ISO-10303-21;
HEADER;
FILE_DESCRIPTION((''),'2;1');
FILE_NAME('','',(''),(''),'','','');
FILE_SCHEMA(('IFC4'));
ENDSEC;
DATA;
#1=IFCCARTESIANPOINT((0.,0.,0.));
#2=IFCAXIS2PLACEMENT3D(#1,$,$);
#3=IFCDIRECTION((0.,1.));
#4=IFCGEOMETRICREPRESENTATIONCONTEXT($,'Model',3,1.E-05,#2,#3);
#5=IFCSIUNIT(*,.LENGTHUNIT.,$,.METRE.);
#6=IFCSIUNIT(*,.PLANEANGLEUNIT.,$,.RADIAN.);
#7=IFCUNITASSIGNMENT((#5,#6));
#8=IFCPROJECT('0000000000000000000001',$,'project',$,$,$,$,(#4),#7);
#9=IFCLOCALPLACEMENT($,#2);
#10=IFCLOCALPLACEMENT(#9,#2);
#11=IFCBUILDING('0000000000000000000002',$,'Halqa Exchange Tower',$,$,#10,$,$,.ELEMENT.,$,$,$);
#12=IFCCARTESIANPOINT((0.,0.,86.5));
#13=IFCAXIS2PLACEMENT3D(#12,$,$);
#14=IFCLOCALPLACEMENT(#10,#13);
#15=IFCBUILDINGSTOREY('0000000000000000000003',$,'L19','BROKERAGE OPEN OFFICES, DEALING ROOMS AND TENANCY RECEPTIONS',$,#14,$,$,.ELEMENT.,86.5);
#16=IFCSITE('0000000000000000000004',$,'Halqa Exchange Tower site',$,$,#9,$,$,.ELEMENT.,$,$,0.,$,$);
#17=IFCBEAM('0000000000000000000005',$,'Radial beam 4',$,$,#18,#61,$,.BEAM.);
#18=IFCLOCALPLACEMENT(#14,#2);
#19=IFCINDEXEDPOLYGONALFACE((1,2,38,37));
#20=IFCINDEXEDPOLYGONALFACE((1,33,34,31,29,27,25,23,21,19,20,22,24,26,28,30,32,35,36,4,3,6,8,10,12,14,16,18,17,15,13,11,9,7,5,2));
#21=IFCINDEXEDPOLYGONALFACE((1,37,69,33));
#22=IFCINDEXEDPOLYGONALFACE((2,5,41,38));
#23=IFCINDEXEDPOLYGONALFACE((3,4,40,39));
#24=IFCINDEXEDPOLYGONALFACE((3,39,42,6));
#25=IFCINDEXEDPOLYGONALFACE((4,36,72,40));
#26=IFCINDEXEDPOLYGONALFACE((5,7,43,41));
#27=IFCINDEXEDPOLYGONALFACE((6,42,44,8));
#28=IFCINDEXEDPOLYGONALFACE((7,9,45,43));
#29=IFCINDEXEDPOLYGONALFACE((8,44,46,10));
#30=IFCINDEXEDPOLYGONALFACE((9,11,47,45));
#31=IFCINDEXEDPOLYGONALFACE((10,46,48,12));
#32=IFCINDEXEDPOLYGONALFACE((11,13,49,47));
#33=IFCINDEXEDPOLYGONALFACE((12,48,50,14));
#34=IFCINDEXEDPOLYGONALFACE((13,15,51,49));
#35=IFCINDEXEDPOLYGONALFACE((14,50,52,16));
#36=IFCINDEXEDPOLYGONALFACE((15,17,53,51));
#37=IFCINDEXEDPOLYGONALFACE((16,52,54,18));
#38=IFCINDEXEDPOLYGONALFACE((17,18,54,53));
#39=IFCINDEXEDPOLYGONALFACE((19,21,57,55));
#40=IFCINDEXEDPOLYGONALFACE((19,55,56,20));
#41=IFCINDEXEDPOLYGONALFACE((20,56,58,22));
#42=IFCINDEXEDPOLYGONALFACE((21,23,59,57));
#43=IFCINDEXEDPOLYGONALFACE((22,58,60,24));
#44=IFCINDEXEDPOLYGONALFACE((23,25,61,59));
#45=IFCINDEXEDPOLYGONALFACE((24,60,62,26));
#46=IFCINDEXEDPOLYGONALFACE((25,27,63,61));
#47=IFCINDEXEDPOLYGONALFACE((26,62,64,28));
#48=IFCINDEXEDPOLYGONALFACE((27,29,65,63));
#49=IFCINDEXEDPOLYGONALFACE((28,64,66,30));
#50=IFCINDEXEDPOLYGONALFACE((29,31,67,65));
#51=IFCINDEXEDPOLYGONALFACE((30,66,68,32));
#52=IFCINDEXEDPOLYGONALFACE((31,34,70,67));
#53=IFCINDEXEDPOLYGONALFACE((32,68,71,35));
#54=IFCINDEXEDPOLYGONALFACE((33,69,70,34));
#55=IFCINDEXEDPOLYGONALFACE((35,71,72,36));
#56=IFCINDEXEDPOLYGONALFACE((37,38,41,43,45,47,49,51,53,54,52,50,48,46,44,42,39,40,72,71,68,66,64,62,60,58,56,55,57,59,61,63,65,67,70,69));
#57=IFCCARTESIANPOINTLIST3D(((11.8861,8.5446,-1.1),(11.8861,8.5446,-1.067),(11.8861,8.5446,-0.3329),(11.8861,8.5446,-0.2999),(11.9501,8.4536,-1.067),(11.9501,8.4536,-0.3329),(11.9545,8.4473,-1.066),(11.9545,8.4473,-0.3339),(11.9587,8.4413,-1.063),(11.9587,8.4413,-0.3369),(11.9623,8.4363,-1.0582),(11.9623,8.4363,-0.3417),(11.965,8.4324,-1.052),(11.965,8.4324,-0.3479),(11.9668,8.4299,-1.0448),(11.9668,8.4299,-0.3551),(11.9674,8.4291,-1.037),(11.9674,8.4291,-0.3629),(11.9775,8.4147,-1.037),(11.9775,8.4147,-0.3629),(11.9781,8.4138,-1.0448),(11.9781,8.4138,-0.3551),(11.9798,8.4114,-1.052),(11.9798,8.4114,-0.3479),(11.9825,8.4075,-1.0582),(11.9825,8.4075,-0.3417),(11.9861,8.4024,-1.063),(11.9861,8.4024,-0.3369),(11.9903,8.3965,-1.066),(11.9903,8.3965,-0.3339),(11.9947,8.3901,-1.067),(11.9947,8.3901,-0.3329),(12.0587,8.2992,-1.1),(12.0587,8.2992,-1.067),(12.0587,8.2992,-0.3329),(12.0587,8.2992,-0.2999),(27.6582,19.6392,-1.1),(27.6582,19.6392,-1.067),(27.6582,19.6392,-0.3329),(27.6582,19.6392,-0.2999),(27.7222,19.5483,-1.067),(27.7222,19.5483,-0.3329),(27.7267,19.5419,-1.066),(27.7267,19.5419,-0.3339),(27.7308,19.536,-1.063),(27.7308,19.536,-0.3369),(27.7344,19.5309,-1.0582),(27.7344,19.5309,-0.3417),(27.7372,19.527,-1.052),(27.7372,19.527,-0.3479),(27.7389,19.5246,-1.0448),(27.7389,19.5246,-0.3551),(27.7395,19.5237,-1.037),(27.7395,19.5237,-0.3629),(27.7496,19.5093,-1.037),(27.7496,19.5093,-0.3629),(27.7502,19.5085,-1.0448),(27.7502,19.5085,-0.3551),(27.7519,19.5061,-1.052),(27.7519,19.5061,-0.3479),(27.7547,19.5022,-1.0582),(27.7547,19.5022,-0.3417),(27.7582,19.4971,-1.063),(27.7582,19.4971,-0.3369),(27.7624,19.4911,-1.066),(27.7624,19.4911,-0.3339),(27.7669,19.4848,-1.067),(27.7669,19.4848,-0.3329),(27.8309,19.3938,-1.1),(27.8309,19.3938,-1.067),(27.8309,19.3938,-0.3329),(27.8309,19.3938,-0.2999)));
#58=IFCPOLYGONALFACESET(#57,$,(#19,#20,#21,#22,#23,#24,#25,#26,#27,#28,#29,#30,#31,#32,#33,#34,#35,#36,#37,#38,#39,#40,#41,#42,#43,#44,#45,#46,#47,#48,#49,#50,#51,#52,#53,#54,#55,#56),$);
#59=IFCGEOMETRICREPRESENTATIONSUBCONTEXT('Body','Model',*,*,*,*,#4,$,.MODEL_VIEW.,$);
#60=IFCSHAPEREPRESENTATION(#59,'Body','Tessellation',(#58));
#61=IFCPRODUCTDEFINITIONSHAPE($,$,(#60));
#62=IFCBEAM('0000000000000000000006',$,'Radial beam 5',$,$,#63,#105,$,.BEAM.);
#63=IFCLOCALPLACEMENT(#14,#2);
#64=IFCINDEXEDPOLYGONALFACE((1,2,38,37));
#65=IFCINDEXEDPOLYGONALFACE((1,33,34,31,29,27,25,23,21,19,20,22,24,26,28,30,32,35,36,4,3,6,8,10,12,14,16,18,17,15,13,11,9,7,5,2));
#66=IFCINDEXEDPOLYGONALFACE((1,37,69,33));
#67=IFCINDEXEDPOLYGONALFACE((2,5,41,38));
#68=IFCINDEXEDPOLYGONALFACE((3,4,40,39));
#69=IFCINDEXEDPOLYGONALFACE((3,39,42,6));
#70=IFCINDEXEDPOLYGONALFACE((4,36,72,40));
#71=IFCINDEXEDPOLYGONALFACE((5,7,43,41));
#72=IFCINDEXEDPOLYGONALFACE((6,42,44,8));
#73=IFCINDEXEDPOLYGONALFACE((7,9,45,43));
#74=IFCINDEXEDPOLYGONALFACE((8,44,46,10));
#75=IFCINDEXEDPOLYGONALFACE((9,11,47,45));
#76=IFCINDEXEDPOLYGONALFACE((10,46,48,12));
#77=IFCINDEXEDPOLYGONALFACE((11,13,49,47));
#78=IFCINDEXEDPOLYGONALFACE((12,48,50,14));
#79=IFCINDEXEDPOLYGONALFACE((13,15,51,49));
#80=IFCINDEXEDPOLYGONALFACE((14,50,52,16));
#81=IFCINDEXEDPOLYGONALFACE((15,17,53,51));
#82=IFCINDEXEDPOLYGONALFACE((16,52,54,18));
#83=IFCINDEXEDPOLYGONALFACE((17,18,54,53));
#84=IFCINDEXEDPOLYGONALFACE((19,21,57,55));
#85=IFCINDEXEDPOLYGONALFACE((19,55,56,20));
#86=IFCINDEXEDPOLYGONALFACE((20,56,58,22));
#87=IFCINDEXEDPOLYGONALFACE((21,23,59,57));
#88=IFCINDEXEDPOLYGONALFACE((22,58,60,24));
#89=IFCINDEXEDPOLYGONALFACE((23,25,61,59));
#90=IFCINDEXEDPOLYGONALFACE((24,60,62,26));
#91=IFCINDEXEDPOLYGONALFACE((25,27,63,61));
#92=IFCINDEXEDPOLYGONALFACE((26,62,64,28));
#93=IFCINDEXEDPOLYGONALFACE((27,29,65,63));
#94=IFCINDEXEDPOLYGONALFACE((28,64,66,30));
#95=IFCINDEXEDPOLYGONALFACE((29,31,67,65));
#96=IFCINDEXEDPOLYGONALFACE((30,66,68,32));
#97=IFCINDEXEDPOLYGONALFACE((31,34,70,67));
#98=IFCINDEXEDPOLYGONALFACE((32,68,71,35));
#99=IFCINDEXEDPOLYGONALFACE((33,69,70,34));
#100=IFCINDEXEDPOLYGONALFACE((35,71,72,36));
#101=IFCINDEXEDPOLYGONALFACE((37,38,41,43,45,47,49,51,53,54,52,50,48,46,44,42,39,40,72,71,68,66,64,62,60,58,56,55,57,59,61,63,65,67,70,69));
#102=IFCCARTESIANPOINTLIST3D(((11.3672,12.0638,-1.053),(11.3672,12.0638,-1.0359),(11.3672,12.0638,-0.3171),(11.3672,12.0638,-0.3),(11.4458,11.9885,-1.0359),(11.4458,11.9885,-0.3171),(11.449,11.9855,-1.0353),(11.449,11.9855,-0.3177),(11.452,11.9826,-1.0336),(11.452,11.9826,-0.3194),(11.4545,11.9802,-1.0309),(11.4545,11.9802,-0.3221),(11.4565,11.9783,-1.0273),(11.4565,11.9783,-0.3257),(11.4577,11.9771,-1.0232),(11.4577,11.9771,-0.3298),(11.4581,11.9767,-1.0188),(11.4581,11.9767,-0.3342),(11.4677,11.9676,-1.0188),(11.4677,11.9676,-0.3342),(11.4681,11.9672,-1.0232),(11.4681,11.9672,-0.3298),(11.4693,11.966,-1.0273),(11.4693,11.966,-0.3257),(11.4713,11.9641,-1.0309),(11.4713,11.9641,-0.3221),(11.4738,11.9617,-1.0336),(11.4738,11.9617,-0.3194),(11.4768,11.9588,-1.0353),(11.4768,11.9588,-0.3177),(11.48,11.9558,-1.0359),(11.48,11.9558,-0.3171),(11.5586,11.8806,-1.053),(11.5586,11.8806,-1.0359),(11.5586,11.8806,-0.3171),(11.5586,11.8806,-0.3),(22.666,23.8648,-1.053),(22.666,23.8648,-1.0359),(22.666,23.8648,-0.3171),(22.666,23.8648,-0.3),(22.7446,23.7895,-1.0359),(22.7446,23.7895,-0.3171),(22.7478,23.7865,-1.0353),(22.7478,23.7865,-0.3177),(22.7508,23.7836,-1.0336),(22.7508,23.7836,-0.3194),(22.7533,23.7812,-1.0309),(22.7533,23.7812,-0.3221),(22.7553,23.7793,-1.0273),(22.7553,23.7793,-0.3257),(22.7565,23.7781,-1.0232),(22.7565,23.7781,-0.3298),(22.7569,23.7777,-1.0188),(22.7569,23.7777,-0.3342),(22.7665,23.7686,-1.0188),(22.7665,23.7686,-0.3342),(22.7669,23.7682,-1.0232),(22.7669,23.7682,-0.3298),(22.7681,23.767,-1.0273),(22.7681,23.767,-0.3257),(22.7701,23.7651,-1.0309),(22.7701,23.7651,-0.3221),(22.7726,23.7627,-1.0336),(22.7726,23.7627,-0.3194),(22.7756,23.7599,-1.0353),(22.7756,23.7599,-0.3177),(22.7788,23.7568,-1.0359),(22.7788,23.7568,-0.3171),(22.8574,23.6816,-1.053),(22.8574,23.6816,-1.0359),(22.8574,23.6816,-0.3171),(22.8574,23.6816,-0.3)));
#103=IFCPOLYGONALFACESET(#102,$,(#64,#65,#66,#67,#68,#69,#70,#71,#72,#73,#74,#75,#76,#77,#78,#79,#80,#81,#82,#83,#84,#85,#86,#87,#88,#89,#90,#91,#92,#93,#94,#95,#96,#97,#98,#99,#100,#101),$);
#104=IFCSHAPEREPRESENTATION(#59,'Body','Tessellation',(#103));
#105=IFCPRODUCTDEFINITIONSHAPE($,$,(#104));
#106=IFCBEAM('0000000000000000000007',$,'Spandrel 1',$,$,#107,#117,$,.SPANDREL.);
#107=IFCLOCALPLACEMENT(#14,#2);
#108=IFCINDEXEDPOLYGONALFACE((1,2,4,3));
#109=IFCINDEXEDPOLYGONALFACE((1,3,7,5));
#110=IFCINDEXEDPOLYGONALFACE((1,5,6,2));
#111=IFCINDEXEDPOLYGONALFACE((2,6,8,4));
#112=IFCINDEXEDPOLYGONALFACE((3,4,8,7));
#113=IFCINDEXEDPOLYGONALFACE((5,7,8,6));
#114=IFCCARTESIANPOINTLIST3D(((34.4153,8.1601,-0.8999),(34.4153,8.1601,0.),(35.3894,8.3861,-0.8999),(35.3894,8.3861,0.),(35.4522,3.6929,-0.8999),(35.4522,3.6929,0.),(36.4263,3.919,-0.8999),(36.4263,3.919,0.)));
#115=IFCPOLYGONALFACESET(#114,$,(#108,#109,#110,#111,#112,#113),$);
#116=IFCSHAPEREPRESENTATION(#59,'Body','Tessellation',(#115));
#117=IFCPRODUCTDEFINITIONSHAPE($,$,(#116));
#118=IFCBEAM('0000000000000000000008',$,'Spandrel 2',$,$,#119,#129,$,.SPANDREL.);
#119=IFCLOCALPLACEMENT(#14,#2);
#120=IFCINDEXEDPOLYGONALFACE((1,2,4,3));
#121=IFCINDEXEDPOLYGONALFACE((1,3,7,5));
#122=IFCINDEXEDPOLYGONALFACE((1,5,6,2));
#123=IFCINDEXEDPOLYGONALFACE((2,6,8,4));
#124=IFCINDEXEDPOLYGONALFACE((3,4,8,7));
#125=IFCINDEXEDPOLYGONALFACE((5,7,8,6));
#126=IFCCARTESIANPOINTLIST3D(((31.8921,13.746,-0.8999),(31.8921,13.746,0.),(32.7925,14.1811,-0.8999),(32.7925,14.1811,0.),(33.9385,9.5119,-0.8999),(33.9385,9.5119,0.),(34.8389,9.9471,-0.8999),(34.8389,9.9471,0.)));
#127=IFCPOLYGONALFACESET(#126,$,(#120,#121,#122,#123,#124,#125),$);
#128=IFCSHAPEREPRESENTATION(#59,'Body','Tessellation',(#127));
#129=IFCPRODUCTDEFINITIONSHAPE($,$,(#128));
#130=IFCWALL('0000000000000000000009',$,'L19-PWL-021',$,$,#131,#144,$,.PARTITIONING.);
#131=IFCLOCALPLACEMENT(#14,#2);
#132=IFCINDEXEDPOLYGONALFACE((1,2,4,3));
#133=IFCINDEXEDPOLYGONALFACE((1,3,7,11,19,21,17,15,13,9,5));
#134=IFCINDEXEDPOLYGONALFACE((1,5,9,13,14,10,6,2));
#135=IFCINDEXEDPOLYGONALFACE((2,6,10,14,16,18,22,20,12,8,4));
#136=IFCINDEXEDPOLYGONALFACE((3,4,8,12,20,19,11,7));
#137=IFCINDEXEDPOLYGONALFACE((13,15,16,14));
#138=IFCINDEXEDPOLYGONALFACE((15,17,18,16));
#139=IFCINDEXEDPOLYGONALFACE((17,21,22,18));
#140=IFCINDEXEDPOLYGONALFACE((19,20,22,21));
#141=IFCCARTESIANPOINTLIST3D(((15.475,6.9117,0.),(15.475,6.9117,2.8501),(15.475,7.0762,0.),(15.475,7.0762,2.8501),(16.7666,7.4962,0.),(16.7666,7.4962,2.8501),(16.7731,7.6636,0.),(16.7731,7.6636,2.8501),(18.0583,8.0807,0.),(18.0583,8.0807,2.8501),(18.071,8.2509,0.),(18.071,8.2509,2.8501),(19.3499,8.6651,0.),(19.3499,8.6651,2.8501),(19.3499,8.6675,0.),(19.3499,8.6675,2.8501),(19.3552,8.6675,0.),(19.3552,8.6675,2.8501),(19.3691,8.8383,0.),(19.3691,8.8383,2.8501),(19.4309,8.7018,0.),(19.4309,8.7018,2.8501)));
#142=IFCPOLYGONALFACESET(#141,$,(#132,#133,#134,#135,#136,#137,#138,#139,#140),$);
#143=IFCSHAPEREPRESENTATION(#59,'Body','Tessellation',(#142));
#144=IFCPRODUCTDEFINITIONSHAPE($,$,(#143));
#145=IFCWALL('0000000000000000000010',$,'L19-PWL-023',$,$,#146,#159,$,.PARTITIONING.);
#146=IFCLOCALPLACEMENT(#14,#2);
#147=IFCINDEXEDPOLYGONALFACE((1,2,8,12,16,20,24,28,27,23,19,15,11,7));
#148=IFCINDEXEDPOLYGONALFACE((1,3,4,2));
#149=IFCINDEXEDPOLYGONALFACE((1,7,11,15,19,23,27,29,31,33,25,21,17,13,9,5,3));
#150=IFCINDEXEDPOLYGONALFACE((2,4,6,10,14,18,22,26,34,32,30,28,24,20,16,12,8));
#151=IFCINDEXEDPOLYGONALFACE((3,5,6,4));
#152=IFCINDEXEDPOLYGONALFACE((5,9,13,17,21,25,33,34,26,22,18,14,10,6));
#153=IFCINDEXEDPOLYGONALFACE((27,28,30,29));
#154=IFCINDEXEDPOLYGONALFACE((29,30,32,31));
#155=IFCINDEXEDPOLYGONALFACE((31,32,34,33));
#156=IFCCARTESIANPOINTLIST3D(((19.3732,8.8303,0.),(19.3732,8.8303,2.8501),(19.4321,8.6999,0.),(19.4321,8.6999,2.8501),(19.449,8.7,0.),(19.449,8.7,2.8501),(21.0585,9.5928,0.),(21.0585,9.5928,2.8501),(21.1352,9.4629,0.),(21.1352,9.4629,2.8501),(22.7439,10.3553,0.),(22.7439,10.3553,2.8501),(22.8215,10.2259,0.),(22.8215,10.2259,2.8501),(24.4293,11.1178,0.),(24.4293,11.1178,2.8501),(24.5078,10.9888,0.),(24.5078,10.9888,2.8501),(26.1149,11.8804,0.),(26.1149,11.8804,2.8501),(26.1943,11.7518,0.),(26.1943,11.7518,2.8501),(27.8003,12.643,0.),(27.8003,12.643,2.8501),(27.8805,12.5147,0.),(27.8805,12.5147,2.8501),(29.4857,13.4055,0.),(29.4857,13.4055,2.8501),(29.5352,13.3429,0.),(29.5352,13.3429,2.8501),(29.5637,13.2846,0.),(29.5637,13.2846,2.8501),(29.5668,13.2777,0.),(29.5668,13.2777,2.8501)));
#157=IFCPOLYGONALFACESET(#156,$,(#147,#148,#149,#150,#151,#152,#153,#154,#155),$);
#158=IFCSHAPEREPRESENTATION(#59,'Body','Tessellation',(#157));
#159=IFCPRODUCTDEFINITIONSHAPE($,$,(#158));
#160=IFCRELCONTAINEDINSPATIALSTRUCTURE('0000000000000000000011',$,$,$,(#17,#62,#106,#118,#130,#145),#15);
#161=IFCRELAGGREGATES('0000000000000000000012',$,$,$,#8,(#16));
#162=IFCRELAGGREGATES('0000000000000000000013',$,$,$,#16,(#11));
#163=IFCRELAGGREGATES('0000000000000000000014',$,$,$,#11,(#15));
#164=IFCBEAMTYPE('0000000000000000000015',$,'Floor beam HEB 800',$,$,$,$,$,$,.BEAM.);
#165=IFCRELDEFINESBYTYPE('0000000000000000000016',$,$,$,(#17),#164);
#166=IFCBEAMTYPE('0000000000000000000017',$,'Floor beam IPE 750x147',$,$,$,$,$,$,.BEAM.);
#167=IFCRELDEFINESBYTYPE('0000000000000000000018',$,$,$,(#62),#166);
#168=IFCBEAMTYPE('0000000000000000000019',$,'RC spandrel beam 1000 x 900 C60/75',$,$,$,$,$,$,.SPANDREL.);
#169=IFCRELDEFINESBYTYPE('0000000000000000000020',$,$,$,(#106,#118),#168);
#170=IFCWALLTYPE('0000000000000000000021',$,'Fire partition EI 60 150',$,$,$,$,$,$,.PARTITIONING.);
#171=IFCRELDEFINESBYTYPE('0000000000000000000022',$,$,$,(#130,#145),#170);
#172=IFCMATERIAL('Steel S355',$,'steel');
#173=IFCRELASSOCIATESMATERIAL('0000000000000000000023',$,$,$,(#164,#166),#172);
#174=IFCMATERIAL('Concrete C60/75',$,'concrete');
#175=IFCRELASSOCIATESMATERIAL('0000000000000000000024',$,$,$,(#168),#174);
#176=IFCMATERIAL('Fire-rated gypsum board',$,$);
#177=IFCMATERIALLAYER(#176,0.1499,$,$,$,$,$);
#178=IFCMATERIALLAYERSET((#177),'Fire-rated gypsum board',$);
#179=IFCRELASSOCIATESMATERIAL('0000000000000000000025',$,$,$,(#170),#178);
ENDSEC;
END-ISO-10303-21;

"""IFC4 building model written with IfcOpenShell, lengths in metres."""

from ifc_helpers import new_model, si_unit, direction, frame, origin, origin_2d, place, context, subcontext, project, spatial, polyline, rectangle, i_section, outline, extrude, material, layer, layer_set, material_profile, profile_set, type_object, element, save


model = new_model("IFC4")

# Units and contexts
model_context = context("Model", 3, precision=1e-05, world=origin(), true_north=direction((0.0, 1.0)))
body_context = subcontext(model_context, "Body", "Model", "MODEL_VIEW")
ifc_project = project(units=[si_unit("LENGTHUNIT", "METRE"), si_unit("PLANEANGLEUNIT", "RADIAN")], contexts=[model_context])

# Site, building, storey
site_placement = place(None, origin())
site = spatial("IfcSite", under=ifc_project, at=site_placement, Name="Halqa Exchange Tower site", CompositionType="ELEMENT", RefElevation=0.0)
building_placement = place(site_placement, origin())
building = spatial("IfcBuilding", under=site, at=building_placement, Name="Halqa Exchange Tower", CompositionType="ELEMENT")
storey_placement = place(building_placement, frame((0.0, 0.0, 86.5)))
storey = spatial("IfcBuildingStorey", under=building, at=storey_placement, Name="L19", Description="BROKERAGE OPEN OFFICES, DEALING ROOMS AND TENANCY RECEPTIONS", CompositionType="ELEMENT", Elevation=86.5)

# Beams
ifc_material_1 = material(Name="Steel S355", Category="steel")
ifc_material_profile_1 = material_profile(ifc_material_1, i_section(OverallWidth=0.3, OverallDepth=0.8, WebThickness=0.0176, FlangeThickness=0.033, FilletRadius=0.03, at=origin_2d()), Name="HEB 800")
ifc_profile_set_1 = profile_set([ifc_material_profile_1], Name="Steel S355")
beam_type_1 = type_object("IfcBeamType", Name="Floor beam HEB 800", PredefinedType="BEAM", material=ifc_profile_set_1)
beam_1_placement = place(storey_placement, frame((11.9724, 8.4219, -0.7), z_axis=(0.81791, 0.575346, 0.0), x_axis=(-0.575346, 0.81791, 0.0)))
element("IfcBeam", 1, at=beam_1_placement, inside=storey, type_object=beam_type_1, Name="Radial beam 4", PredefinedType="BEAM", context=body_context, shape_type="SweptSolid", body=[
    extrude(i_section(OverallWidth=0.3, OverallDepth=0.8, WebThickness=0.0176, FlangeThickness=0.033, FilletRadius=0.03, at=origin_2d()), origin(), (0.0, 0.0, 1.0), 19.2834),
])
ifc_material_profile_2 = material_profile(ifc_material_1, i_section(OverallWidth=0.2649, OverallDepth=0.7529, WebThickness=0.0132, FlangeThickness=0.0171, FilletRadius=0.0171, at=origin_2d()), Name="IPE 750x147")
ifc_profile_set_2 = profile_set([ifc_material_profile_2], Name="Steel S355")
beam_type_2 = type_object("IfcBeamType", Name="Floor beam IPE 750x147", PredefinedType="BEAM", material=ifc_profile_set_2)
beam_2_placement = place(storey_placement, frame((11.4629, 11.9722, -0.6765), z_axis=(0.691571, 0.722309, 0.0), x_axis=(-0.722309, 0.691571, 0.0)))
element("IfcBeam", 2, at=beam_2_placement, inside=storey, type_object=beam_type_2, Name="Radial beam 5", PredefinedType="BEAM", context=body_context, shape_type="SweptSolid", body=[
    extrude(i_section(OverallWidth=0.2649, OverallDepth=0.7529, WebThickness=0.0132, FlangeThickness=0.0171, FilletRadius=0.0171, at=origin_2d()), origin(), (0.0, 0.0, 1.0), 16.3379),
])
ifc_material_2 = material(Name="Concrete C60/75", Category="concrete")
ifc_material_profile_3 = material_profile(ifc_material_2, rectangle(XDim=1.0, YDim=0.8999, at=origin_2d()), Name="1000 x 900")
ifc_profile_set_3 = profile_set([ifc_material_profile_3], Name="Concrete C60/75")
beam_type_3 = type_object("IfcBeamType", Name="RC spandrel beam 1000 x 900 C60/75", PredefinedType="SPANDREL", material=ifc_profile_set_3)
beam_3_placement = place(storey_placement, frame((35.9392, 3.8059, -0.45), z_axis=(-0.226092, 0.974106, 0.0), x_axis=(-0.974106, -0.226092, 0.0)))
element("IfcBeam", 3, at=beam_3_placement, inside=storey, type_object=beam_type_3, Name="Spandrel 1", PredefinedType="SPANDREL", context=body_context, shape_type="SweptSolid", body=[
    extrude(rectangle(XDim=1.0, YDim=0.8999, at=origin_2d()), origin(), (0.0, 0.0, 1.0), 4.5859),
])
beam_4_placement = place(storey_placement, frame((34.3887, 9.7295, -0.45), z_axis=(-0.43515, 0.900358, 0.0), x_axis=(-0.900358, -0.43515, 0.0)))
element("IfcBeam", 4, at=beam_4_placement, inside=storey, type_object=beam_type_3, Name="Spandrel 2", PredefinedType="SPANDREL", context=body_context, shape_type="SweptSolid", body=[
    extrude(rectangle(XDim=1.0, YDim=0.8999, at=origin_2d()), origin(), (0.0, 0.0, 1.0), 4.7026),
])

# Walls
ifc_material_3 = material(Name="Fire-rated gypsum board")
ifc_layer_1 = layer(ifc_material_3, 0.1499)
ifc_layer_set_1 = layer_set([ifc_layer_1], Name="Fire-rated gypsum board")
wall_type_1 = type_object("IfcWallType", Name="Fire partition EI 60 150", PredefinedType="PARTITIONING", material=ifc_layer_set_1)
wall_1_placement = place(storey_placement, frame((15.4441, 6.98, 0.0), z_axis=(0.0, 0.0, 1.0), x_axis=(0.911064, 0.412265, 0.0)))
element("IfcWall", 5, at=wall_1_placement, inside=storey, type_object=wall_type_1, Name="L19-PWL-021", PredefinedType="PARTITIONING", context=body_context, shape_type="SweptSolid", body=[
    extrude(outline(polyline([(0.0, -0.075), (1.4177, -0.075), (2.8354, -0.075), (4.2532, -0.075), (4.2542, -0.0728), (4.259, -0.075), (4.342, -0.075), (4.342, 0.075), (2.9172, 0.075), (1.4927, 0.075), (0.0679, 0.075), (0.0, -0.075)])), origin(), (0.0, 0.0, 1.0), 2.8501),
])
wall_2_placement = place(storey_placement, frame((19.4041, 8.762, 0.0), z_axis=(0.0, 0.0, 1.0), x_axis=(0.91109, 0.412208, 0.0)))
element("IfcWall", 6, at=wall_2_placement, inside=storey, type_object=wall_type_1, Name="L19-PWL-023", PredefinedType="PARTITIONING", context=body_context, shape_type="SweptSolid", body=[
    extrude(outline(polyline([(11.1206, -0.075), (11.1206, -0.0674), (11.1187, -0.0024), (11.0994, 0.075), (9.2495, 0.075), (7.3997, 0.075), (5.5496, 0.075), (3.6997, 0.075), (1.8499, 0.075), (0.0, 0.075), (0.0, -0.0681), (0.0154, -0.075), (1.8662, -0.075), (3.717, -0.075), (5.5679, -0.075), (7.4189, -0.075), (9.2698, -0.075), (11.1206, -0.075)])), origin(), (0.0, 0.0, 1.0), 2.8501),
])

save(model, "model.ifc")
